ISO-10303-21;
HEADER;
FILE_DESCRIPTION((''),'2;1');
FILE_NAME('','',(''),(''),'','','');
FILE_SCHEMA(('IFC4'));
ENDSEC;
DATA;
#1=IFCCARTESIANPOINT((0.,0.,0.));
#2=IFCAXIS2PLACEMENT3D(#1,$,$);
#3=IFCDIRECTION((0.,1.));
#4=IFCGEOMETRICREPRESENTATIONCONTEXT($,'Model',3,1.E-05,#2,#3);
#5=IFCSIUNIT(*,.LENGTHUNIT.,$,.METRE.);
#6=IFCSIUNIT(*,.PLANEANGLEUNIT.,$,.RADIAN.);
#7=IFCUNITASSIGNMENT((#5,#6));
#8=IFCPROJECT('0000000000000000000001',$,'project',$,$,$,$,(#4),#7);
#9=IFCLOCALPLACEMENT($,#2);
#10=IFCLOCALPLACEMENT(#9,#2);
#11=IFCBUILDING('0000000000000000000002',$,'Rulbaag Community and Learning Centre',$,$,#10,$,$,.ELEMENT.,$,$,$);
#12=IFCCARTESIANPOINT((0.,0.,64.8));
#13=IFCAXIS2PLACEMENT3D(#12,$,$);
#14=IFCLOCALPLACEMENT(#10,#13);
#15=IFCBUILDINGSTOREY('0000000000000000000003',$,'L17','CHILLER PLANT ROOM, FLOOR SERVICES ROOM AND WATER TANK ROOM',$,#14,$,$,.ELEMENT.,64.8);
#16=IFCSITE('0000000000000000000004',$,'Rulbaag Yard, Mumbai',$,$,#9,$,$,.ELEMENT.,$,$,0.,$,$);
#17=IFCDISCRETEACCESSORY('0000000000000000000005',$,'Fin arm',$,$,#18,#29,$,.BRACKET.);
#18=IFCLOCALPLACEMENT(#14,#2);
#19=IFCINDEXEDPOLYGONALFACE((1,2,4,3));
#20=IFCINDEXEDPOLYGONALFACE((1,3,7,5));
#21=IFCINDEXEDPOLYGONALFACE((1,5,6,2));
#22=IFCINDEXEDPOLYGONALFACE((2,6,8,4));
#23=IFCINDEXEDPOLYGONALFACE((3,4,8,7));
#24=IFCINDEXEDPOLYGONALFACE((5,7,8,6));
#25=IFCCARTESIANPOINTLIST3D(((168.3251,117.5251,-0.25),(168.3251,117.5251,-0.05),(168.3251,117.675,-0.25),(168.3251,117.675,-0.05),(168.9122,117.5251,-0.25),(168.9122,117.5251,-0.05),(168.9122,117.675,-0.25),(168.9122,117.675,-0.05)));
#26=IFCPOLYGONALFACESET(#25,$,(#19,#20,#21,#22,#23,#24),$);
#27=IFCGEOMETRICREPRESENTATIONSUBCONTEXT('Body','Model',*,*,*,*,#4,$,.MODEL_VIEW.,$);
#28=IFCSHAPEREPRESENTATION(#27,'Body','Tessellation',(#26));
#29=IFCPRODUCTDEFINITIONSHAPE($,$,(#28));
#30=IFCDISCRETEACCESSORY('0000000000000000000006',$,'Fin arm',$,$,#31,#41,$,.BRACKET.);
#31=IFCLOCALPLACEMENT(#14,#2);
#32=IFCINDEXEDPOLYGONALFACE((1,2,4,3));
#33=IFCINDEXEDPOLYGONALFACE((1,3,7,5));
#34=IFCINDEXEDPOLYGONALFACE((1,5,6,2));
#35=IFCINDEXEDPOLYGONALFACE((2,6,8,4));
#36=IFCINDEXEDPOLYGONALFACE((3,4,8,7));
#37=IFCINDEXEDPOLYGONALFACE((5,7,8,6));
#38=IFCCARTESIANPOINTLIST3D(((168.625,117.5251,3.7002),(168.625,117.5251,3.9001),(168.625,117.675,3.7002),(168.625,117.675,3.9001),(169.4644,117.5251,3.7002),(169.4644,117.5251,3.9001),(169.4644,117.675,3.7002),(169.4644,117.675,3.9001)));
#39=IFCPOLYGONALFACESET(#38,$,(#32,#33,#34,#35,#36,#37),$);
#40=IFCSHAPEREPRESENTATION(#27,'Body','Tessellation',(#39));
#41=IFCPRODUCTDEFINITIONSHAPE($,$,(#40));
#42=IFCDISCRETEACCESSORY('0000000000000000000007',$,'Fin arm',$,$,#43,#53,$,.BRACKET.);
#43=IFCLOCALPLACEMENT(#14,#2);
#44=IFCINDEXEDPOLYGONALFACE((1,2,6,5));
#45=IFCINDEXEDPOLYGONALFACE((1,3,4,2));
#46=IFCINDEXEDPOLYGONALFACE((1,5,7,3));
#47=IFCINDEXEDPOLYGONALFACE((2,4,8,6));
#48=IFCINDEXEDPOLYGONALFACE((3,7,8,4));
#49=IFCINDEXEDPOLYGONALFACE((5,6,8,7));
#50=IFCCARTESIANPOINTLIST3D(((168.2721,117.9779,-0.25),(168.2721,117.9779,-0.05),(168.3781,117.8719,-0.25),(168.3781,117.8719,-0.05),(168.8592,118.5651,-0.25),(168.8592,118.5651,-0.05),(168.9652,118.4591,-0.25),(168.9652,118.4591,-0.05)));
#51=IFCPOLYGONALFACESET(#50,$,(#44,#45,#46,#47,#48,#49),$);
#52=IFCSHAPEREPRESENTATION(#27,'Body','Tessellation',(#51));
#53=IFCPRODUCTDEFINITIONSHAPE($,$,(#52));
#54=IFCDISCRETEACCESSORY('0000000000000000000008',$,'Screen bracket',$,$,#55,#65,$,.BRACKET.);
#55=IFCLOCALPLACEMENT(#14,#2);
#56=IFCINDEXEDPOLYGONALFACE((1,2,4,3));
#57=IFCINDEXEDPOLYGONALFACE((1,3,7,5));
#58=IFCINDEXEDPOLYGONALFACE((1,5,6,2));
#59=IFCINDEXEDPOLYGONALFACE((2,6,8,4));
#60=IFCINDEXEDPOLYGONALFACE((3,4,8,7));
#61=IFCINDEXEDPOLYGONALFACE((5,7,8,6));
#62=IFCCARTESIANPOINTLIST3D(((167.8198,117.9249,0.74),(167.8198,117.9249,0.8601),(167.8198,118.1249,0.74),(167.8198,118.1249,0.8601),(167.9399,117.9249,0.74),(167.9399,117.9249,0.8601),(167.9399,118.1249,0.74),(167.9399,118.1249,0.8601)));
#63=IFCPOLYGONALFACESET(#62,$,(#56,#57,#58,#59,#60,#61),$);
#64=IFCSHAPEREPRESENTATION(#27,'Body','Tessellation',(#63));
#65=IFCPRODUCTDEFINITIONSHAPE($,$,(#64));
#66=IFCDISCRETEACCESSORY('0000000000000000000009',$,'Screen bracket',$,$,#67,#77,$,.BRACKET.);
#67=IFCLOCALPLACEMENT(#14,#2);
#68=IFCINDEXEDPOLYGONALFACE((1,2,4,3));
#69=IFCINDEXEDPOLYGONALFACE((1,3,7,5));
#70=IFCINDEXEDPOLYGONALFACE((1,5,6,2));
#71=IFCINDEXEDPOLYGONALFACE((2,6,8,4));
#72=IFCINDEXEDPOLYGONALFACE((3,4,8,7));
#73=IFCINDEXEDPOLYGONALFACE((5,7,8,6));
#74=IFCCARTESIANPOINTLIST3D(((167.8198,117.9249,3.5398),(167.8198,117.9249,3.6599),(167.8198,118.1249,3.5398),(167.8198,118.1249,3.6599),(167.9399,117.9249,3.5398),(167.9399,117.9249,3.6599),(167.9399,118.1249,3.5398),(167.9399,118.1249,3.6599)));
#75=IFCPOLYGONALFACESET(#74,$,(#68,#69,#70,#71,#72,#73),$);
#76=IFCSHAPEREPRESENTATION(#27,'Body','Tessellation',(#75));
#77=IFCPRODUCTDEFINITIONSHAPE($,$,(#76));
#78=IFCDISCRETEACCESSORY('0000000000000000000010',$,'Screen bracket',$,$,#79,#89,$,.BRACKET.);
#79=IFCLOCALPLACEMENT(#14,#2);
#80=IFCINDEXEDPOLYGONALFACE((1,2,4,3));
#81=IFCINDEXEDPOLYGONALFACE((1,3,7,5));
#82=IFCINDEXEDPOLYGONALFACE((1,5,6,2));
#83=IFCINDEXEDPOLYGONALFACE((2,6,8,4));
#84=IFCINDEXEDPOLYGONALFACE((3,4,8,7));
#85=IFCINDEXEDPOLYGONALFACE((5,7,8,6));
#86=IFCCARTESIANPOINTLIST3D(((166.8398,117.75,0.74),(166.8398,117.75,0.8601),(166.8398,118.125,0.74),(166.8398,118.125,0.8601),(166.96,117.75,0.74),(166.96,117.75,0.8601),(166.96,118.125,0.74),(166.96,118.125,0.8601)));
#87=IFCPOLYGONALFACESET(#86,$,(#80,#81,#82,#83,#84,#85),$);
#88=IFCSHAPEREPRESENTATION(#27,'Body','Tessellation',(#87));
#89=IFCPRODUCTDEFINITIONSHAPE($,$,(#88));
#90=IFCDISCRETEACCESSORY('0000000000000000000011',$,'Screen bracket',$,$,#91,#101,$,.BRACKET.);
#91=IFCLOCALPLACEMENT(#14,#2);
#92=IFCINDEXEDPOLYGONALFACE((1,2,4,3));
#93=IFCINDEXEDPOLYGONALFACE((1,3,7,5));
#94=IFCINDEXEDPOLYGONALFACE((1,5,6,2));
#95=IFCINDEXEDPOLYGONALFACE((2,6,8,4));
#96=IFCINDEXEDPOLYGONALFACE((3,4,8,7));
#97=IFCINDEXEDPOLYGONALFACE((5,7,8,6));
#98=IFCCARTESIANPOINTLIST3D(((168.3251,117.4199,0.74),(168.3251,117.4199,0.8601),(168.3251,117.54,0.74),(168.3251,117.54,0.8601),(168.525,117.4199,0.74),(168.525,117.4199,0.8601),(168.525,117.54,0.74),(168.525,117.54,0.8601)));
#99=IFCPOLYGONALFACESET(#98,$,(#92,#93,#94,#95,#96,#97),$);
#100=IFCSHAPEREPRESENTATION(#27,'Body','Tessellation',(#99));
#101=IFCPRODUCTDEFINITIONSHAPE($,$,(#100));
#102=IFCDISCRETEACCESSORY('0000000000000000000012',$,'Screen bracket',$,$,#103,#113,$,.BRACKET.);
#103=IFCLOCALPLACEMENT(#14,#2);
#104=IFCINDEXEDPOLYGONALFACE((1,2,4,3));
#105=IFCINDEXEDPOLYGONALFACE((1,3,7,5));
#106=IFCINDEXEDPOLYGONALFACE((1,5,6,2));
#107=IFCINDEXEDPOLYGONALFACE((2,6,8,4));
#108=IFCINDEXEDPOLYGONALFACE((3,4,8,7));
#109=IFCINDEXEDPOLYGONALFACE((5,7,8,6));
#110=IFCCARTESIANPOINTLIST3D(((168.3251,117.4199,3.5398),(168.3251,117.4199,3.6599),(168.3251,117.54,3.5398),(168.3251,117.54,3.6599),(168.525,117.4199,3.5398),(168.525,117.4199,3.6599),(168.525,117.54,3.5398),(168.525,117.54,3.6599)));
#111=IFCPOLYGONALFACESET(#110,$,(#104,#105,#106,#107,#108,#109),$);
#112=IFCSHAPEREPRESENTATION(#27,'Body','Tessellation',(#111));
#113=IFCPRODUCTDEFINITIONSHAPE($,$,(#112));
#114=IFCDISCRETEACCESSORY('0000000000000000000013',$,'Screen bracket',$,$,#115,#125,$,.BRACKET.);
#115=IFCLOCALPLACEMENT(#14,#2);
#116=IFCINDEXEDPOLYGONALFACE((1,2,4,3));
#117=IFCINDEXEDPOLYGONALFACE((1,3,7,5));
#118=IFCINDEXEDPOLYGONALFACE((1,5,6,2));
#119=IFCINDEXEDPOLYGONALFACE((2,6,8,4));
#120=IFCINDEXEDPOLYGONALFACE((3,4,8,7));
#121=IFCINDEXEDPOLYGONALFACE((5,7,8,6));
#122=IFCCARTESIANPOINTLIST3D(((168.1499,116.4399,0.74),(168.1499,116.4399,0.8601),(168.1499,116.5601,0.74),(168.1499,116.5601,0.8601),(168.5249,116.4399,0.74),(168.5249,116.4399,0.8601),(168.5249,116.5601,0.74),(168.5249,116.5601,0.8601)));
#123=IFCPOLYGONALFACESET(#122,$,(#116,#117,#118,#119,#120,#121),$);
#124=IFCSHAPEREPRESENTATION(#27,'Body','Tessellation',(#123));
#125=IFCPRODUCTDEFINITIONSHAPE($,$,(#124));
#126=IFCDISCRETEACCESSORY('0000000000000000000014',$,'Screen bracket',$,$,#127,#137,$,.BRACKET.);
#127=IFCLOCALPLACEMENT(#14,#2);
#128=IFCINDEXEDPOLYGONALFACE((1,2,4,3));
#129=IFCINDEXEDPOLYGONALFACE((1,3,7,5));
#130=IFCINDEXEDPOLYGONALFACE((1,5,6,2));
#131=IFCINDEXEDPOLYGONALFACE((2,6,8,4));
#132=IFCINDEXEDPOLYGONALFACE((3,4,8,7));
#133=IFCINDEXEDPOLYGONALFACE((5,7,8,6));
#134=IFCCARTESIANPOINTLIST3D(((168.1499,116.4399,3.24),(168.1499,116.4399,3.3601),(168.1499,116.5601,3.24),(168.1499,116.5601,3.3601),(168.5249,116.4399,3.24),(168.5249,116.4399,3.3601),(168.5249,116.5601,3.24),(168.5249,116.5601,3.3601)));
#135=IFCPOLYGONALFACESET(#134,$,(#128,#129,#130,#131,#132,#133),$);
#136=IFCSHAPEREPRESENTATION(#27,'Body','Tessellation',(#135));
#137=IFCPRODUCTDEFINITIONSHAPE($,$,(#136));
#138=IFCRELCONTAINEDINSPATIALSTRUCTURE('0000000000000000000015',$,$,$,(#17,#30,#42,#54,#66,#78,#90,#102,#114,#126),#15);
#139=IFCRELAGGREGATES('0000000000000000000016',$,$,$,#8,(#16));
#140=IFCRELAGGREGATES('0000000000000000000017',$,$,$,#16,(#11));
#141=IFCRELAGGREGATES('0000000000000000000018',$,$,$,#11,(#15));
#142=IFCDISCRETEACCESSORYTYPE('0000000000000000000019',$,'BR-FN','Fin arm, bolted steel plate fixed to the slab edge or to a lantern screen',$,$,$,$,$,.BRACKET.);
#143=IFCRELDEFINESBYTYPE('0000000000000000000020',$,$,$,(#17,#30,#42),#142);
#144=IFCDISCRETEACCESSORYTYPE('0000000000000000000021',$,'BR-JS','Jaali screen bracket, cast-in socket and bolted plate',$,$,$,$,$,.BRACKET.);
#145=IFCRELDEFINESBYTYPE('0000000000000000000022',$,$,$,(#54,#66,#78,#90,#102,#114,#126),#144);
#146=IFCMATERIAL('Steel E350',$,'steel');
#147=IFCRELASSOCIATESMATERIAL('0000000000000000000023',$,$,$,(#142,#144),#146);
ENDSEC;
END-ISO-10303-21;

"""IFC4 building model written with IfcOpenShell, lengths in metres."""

from ifc_helpers import new_model, si_unit, direction, frame, origin, origin_2d, place, context, subcontext, project, spatial, rectangle, extrude, material, type_object, element, save


model = new_model("IFC4")

# Units and contexts
model_context = context("Model", 3, precision=1e-05, world=origin(), true_north=direction((0.0, 1.0)))
body_context = subcontext(model_context, "Body", "Model", "MODEL_VIEW")
ifc_project = project(units=[si_unit("LENGTHUNIT", "METRE"), si_unit("PLANEANGLEUNIT", "RADIAN")], contexts=[model_context])

# Site, building, storey
site_placement = place(None, origin())
site = spatial("IfcSite", under=ifc_project, at=site_placement, Name="Rulbaag Yard, Mumbai", CompositionType="ELEMENT", RefElevation=0.0)
building_placement = place(site_placement, origin())
building = spatial("IfcBuilding", under=site, at=building_placement, Name="Rulbaag Community and Learning Centre", CompositionType="ELEMENT")
storey_placement = place(building_placement, frame((0.0, 0.0, 64.8)))
storey = spatial("IfcBuildingStorey", under=building, at=storey_placement, Name="L17", Description="CHILLER PLANT ROOM, FLOOR SERVICES ROOM AND WATER TANK ROOM", CompositionType="ELEMENT", Elevation=64.8)

# Discrete accessories
ifc_material_1 = material(Name="Steel E350", Category="steel")
discrete_accessory_type_1 = type_object("IfcDiscreteAccessoryType", Name="BR-FN", Description="Fin arm, bolted steel plate fixed to the slab edge or to a lantern screen", PredefinedType="BRACKET", material=ifc_material_1)
discrete_accessory_1_placement = place(storey_placement, frame((168.6187, 117.6001, -0.25), z_axis=(0.0, 0.0, 1.0), x_axis=(1.0, 0.0, 0.0)))
element("IfcDiscreteAccessory", 1, at=discrete_accessory_1_placement, inside=storey, type_object=discrete_accessory_type_1, Name="Fin arm", PredefinedType="BRACKET", context=body_context, shape_type="SweptSolid", body=[
    extrude(rectangle(XDim=0.5872, YDim=0.1499, at=origin_2d()), origin(), (0.0, 0.0, 1.0), 0.2),
])
discrete_accessory_2_placement = place(storey_placement, frame((169.0447, 117.6001, 3.7002), z_axis=(0.0, 0.0, 1.0), x_axis=(1.0, 0.0, 0.0)))
element("IfcDiscreteAccessory", 2, at=discrete_accessory_2_placement, inside=storey, type_object=discrete_accessory_type_1, Name="Fin arm", PredefinedType="BRACKET", context=body_context, shape_type="SweptSolid", body=[
    extrude(rectangle(XDim=0.8394, YDim=0.1499, at=origin_2d()), origin(), (0.0, 0.0, 1.0), 0.2),
])
discrete_accessory_3_placement = place(storey_placement, frame((168.6187, 118.2185, -0.25), z_axis=(0.0, 0.0, 1.0), x_axis=(0.707107, 0.707107, 0.0)))
element("IfcDiscreteAccessory", 3, at=discrete_accessory_3_placement, inside=storey, type_object=discrete_accessory_type_1, Name="Fin arm", PredefinedType="BRACKET", context=body_context, shape_type="SweptSolid", body=[
    extrude(rectangle(XDim=0.8303, YDim=0.1499, at=origin_2d()), origin(), (0.0, 0.0, 1.0), 0.2),
])
discrete_accessory_type_2 = type_object("IfcDiscreteAccessoryType", Name="BR-JS", Description="Jaali screen bracket, cast-in socket and bolted plate", PredefinedType="BRACKET", material=ifc_material_1)
for number, where, z_axis, x_axis, name in (
    (4, (167.8799, 118.0249, 0.74), (0.0, 0.0, 1.0), (1.0, 0.0, 0.0), "Screen bracket"),
    (5, (167.8799, 118.0249, 3.5398), (0.0, 0.0, 1.0), (1.0, 0.0, 0.0), "Screen bracket"),
):
    element("IfcDiscreteAccessory", number, at=place(storey_placement, frame(where, z_axis=z_axis, x_axis=x_axis)), inside=storey, type_object=discrete_accessory_type_2, Name=name, PredefinedType="BRACKET", context=body_context, shape_type="SweptSolid", body=[
        extrude(rectangle(XDim=0.1201, YDim=0.2, at=origin_2d()), origin(), (0.0, 0.0, 1.0), 0.1201),
    ])
discrete_accessory_4_placement = place(storey_placement, frame((166.8999, 117.9375, 0.74), z_axis=(0.0, 0.0, 1.0), x_axis=(1.0, 0.0, 0.0)))
element("IfcDiscreteAccessory", 6, at=discrete_accessory_4_placement, inside=storey, type_object=discrete_accessory_type_2, Name="Screen bracket", PredefinedType="BRACKET", context=body_context, shape_type="SweptSolid", body=[
    extrude(rectangle(XDim=0.1201, YDim=0.375, at=origin_2d()), origin(), (0.0, 0.0, 1.0), 0.1201),
])
for number, where, z_axis, x_axis, name in (
    (7, (168.425, 117.48, 0.74), (0.0, 0.0, 1.0), (1.0, 0.0, 0.0), "Screen bracket"),
    (8, (168.425, 117.48, 3.5398), (0.0, 0.0, 1.0), (1.0, 0.0, 0.0), "Screen bracket"),
):
    element("IfcDiscreteAccessory", number, at=place(storey_placement, frame(where, z_axis=z_axis, x_axis=x_axis)), inside=storey, type_object=discrete_accessory_type_2, Name=name, PredefinedType="BRACKET", context=body_context, shape_type="SweptSolid", body=[
        extrude(rectangle(XDim=0.2, YDim=0.1201, at=origin_2d()), origin(), (0.0, 0.0, 1.0), 0.1201),
    ])
for number, where, z_axis, x_axis, name in (
    (9, (168.3374, 116.5, 0.74), (0.0, 0.0, 1.0), (1.0, 0.0, 0.0), "Screen bracket"),
    (10, (168.3374, 116.5, 3.24), (0.0, 0.0, 1.0), (1.0, 0.0, 0.0), "Screen bracket"),
):
    element("IfcDiscreteAccessory", number, at=place(storey_placement, frame(where, z_axis=z_axis, x_axis=x_axis)), inside=storey, type_object=discrete_accessory_type_2, Name=name, PredefinedType="BRACKET", context=body_context, shape_type="SweptSolid", body=[
        extrude(rectangle(XDim=0.375, YDim=0.1201, at=origin_2d()), origin(), (0.0, 0.0, 1.0), 0.1201),
    ])

save(model, "model.ifc")
